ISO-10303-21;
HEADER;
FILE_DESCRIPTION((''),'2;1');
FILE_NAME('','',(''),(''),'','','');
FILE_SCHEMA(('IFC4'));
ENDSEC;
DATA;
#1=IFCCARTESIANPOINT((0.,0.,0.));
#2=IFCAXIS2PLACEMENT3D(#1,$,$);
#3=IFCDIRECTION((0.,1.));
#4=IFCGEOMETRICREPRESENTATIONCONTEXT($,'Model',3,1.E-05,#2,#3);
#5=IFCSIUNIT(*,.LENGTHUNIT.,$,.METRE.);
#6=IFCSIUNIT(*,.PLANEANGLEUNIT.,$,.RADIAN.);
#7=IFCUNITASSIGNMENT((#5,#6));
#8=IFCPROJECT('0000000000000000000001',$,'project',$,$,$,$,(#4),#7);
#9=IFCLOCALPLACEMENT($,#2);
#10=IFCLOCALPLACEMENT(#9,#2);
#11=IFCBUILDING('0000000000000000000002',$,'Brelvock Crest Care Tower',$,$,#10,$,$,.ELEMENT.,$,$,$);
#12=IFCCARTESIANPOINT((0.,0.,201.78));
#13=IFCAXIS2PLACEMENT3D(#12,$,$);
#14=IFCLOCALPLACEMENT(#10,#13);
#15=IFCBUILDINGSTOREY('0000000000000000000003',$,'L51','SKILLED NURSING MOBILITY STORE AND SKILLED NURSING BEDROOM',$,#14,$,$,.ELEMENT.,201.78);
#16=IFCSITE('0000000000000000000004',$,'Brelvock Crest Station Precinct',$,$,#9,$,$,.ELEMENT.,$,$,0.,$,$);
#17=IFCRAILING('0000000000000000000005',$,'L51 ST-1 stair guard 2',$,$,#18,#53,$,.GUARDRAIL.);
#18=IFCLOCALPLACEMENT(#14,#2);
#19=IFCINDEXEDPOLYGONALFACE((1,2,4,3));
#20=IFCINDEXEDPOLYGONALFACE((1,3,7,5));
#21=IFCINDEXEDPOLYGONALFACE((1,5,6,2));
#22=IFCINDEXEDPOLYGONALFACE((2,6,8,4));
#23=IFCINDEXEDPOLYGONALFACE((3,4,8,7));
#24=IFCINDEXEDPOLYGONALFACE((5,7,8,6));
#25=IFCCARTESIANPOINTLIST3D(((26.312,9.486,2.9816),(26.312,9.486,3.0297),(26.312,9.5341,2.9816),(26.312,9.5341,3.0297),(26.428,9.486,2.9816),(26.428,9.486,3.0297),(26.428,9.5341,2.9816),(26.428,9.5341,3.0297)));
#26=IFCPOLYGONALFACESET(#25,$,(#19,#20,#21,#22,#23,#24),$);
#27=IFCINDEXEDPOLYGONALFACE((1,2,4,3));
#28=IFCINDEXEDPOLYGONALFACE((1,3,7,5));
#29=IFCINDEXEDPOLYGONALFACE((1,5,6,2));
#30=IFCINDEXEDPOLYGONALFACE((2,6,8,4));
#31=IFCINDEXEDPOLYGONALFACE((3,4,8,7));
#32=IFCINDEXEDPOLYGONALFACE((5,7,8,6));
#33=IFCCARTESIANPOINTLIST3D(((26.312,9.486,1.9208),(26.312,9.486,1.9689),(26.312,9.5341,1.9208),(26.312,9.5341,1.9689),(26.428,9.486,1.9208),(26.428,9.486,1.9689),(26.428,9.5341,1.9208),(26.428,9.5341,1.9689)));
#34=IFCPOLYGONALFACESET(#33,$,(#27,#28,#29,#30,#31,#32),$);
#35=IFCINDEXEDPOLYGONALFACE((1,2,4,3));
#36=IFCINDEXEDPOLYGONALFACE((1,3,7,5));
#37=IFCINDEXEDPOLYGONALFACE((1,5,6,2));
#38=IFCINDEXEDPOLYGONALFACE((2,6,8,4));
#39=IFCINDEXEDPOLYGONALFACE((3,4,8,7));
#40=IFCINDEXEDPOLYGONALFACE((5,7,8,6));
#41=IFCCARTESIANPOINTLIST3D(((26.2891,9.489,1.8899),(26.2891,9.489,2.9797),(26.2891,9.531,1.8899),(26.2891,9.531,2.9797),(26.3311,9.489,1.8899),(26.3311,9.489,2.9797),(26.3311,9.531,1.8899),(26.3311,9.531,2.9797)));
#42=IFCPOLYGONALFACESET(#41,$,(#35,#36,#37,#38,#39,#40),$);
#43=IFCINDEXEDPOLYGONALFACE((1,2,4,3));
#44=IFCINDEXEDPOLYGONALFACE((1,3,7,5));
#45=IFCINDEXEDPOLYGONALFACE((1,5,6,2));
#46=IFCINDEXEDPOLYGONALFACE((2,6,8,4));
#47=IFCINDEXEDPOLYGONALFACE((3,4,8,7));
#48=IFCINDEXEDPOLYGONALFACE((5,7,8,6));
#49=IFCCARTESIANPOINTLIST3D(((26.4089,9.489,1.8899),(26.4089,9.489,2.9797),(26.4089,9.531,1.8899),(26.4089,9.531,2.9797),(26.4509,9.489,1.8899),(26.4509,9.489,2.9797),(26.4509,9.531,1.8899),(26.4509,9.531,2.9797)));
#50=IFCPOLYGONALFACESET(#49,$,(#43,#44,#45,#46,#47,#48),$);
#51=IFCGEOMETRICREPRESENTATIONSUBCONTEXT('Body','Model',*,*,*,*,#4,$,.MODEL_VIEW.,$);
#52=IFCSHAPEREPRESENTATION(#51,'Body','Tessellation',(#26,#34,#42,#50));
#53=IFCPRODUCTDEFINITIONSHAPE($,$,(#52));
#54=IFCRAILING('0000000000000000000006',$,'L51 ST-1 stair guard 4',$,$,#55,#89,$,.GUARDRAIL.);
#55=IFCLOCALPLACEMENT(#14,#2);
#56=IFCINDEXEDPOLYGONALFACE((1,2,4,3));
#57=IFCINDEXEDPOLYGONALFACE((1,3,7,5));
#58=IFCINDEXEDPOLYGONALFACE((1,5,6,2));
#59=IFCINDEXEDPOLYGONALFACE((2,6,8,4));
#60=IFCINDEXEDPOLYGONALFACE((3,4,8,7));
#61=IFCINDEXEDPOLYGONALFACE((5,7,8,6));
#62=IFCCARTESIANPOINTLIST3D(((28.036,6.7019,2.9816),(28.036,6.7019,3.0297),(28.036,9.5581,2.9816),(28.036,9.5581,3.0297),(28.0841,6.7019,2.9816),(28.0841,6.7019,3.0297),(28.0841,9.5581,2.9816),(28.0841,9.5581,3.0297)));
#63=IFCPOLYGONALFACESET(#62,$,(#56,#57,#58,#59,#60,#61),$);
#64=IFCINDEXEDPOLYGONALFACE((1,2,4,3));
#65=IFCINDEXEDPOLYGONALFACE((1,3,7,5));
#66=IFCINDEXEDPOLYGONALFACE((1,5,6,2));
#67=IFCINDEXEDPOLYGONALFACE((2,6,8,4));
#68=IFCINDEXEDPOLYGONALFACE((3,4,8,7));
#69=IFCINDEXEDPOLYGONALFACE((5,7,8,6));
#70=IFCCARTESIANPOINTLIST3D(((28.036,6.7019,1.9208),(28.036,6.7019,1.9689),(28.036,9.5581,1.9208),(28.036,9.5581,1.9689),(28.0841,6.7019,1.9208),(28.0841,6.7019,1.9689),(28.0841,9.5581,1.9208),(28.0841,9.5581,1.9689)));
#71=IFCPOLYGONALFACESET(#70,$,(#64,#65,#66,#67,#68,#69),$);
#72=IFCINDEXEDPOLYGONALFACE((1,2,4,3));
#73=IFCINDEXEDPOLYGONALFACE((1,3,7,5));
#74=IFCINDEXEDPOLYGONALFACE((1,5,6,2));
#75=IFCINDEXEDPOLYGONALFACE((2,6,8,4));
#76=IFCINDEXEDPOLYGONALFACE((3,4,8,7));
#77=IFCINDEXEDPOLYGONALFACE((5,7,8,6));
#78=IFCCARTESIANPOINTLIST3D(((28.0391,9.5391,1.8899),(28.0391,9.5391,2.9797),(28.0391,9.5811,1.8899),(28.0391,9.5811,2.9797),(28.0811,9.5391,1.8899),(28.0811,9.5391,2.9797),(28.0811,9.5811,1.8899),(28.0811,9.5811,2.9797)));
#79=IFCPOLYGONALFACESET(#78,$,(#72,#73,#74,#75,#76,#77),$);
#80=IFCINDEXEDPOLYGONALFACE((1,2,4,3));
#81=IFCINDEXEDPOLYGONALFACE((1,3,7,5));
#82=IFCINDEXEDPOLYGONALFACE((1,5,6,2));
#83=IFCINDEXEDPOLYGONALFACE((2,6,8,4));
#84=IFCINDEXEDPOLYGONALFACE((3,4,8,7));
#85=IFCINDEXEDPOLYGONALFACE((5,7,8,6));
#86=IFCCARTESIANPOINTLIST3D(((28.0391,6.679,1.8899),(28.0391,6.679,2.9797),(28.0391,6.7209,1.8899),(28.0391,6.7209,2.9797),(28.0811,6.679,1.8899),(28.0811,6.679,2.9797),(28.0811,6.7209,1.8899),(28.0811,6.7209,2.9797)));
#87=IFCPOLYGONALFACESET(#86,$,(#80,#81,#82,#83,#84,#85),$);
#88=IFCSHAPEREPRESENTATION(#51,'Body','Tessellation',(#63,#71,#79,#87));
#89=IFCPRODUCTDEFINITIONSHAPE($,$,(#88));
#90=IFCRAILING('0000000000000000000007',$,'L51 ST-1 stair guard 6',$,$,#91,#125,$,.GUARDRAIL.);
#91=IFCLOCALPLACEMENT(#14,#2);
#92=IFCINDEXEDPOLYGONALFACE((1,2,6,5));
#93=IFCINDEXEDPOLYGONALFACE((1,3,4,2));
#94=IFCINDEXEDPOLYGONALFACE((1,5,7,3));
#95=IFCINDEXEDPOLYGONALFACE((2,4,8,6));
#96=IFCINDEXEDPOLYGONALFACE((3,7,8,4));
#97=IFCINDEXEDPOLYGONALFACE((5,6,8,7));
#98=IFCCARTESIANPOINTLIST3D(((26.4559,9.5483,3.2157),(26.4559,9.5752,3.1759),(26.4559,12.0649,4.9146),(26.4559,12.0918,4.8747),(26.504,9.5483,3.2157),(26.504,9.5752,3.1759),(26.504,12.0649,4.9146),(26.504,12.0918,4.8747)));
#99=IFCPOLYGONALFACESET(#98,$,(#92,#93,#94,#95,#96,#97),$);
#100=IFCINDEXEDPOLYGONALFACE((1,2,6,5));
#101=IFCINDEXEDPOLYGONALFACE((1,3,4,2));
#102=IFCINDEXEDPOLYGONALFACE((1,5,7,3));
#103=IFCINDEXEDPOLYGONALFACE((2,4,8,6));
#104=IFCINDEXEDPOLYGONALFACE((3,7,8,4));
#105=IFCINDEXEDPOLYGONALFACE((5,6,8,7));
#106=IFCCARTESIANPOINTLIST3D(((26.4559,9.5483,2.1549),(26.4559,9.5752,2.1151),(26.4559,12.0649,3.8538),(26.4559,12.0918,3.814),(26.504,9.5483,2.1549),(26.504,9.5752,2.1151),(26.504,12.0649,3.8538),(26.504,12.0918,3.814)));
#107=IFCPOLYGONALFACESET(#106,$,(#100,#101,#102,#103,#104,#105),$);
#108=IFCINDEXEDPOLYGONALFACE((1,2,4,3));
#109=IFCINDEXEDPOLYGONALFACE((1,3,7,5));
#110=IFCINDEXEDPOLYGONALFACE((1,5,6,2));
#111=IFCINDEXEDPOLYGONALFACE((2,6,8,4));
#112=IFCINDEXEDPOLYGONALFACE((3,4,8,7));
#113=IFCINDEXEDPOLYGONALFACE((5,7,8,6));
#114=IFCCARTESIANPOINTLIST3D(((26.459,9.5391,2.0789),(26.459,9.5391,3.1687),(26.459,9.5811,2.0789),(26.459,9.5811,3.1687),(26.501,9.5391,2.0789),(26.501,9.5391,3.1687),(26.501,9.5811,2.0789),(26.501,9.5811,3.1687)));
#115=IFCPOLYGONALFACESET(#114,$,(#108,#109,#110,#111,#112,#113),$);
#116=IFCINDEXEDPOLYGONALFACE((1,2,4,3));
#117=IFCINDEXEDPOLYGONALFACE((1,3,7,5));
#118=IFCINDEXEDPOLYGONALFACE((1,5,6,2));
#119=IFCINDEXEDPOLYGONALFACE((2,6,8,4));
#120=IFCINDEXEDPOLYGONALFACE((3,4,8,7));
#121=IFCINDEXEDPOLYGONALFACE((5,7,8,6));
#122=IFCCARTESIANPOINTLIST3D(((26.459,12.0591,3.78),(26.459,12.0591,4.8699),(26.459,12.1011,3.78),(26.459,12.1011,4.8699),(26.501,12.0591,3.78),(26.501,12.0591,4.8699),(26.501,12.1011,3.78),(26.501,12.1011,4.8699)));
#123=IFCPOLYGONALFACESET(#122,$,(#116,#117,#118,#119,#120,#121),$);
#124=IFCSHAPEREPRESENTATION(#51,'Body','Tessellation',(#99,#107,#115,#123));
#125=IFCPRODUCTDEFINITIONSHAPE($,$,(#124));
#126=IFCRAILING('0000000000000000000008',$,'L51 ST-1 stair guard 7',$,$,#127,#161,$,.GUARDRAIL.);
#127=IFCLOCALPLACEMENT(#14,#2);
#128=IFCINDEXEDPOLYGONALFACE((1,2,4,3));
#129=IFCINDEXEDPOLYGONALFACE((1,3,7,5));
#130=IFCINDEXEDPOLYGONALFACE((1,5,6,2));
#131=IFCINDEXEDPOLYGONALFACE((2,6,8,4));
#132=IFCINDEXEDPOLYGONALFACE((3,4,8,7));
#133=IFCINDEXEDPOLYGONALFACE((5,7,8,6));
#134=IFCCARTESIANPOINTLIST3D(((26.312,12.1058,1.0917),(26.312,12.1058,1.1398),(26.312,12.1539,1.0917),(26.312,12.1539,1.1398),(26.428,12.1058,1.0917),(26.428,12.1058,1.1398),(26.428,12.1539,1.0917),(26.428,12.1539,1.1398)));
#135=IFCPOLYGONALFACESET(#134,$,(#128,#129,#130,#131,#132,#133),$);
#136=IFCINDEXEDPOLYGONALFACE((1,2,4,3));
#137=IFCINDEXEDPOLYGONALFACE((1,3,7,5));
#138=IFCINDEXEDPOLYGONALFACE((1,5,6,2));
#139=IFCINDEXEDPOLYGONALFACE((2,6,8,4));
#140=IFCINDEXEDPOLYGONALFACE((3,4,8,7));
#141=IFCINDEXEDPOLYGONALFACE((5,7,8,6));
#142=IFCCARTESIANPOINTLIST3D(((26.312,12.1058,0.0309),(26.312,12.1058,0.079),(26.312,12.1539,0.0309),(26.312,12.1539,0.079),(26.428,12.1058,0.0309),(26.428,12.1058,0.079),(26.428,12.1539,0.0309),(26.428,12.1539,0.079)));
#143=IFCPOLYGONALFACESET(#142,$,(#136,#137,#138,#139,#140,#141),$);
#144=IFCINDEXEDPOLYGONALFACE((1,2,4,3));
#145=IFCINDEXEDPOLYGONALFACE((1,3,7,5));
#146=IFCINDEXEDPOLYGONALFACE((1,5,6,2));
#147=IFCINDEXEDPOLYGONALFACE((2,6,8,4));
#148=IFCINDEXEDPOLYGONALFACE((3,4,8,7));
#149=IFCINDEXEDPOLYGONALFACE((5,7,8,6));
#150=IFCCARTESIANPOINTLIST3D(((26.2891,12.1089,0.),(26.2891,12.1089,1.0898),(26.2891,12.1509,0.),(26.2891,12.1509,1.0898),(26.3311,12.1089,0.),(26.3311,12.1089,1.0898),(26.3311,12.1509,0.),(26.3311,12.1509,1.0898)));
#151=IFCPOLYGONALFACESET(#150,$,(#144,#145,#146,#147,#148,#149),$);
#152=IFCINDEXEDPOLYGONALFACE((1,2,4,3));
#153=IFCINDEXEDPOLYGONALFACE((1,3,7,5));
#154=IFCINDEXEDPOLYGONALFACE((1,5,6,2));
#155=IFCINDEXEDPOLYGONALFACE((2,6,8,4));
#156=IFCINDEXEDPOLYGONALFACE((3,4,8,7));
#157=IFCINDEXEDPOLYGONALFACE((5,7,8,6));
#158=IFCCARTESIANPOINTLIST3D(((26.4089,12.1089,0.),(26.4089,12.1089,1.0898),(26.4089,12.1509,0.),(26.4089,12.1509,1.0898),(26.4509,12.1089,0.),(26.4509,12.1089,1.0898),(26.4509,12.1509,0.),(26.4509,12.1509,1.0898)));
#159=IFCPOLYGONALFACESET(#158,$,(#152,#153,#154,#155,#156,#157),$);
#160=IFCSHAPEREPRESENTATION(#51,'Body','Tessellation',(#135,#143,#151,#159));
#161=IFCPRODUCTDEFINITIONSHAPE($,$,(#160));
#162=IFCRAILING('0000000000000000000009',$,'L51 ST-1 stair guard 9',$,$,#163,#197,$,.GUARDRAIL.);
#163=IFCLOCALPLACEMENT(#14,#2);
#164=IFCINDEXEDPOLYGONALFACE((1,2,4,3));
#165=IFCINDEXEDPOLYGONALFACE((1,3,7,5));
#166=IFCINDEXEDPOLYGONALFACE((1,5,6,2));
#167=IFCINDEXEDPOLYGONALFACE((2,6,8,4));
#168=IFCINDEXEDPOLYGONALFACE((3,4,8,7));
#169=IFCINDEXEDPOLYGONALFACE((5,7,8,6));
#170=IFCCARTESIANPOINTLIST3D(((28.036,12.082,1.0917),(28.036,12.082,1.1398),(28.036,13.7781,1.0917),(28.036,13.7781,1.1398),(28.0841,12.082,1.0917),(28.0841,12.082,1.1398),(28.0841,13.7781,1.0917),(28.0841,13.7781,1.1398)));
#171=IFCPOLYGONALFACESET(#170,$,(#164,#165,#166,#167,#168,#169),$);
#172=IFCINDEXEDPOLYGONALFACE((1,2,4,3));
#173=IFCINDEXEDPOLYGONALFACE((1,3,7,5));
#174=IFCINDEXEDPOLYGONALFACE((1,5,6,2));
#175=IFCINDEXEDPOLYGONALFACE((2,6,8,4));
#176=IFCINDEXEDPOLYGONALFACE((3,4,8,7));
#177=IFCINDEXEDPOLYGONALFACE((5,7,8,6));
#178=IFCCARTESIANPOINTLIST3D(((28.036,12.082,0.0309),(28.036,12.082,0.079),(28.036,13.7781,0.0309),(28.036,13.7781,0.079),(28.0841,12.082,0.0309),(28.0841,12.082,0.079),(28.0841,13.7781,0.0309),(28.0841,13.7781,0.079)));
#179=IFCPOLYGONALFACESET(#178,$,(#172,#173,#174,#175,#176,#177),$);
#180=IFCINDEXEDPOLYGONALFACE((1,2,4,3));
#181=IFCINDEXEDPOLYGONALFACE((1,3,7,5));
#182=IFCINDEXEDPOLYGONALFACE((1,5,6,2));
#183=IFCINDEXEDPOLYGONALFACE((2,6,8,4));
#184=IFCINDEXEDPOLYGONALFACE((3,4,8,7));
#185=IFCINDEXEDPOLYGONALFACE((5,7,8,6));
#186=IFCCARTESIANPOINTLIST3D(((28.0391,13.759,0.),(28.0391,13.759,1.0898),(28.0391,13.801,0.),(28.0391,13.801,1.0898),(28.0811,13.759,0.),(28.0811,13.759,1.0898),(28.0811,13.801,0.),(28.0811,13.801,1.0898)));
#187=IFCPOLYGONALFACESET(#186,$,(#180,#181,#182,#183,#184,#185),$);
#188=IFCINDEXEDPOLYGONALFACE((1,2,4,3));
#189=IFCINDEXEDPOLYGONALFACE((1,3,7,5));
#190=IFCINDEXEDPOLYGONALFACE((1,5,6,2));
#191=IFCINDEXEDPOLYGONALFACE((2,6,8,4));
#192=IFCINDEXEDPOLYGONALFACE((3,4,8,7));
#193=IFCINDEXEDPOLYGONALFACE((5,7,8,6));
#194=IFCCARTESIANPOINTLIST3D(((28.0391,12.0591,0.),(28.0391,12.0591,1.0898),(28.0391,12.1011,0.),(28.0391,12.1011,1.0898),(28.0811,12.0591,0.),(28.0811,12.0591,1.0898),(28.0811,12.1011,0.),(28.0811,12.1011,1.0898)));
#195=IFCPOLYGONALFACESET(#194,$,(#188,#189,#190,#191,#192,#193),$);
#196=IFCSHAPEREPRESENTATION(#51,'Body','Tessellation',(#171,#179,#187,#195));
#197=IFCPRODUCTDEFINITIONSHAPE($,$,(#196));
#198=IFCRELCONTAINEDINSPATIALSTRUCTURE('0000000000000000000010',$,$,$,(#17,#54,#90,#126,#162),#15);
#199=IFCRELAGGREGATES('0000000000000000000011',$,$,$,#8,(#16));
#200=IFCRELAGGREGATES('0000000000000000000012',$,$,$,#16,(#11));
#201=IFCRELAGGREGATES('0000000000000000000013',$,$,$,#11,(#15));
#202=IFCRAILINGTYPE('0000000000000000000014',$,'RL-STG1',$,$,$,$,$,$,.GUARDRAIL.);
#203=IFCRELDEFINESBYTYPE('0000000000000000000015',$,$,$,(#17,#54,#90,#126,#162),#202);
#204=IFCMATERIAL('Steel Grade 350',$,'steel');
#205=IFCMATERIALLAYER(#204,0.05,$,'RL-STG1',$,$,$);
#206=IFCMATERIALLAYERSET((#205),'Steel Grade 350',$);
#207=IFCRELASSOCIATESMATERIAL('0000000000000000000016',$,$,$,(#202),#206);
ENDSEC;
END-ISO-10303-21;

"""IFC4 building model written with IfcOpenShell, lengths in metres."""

from ifc_helpers import new_model, si_unit, direction, frame, origin, origin_2d, place, context, subcontext, project, spatial, rectangle, extrude, material, layer, layer_set, type_object, element, save


model = new_model("IFC4")

# Units and contexts
model_context = context("Model", 3, precision=1e-05, world=origin(), true_north=direction((0.0, 1.0)))
body_context = subcontext(model_context, "Body", "Model", "MODEL_VIEW")
ifc_project = project(units=[si_unit("LENGTHUNIT", "METRE"), si_unit("PLANEANGLEUNIT", "RADIAN")], contexts=[model_context])

# Site, building, storey
site_placement = place(None, origin())
site = spatial("IfcSite", under=ifc_project, at=site_placement, Name="Brelvock Crest Station Precinct", CompositionType="ELEMENT", RefElevation=0.0)
building_placement = place(site_placement, origin())
building = spatial("IfcBuilding", under=site, at=building_placement, Name="Brelvock Crest Care Tower", CompositionType="ELEMENT")
storey_placement = place(building_placement, frame((0.0, 0.0, 201.78)))
storey = spatial("IfcBuildingStorey", under=building, at=storey_placement, Name="L51", Description="SKILLED NURSING MOBILITY STORE AND SKILLED NURSING BEDROOM", CompositionType="ELEMENT", Elevation=201.78)

# Shared definitions
ifc_material_1 = material(Name="Steel Grade 350", Category="steel")

# Railings
ifc_layer_1 = layer(ifc_material_1, 0.05, Name="RL-STG1")
ifc_layer_set_1 = layer_set([ifc_layer_1], Name="Steel Grade 350")
railing_type_1 = type_object("IfcRailingType", Name="RL-STG1", PredefinedType="GUARDRAIL", material=ifc_layer_set_1)
railing_1_placement = place(storey_placement, frame((26.3101, 9.51, 1.8899)))
element("IfcRailing", 1, at=railing_1_placement, inside=storey, type_object=railing_type_1, Name="L51 ST-1 stair guard 2", PredefinedType="GUARDRAIL", context=body_context, shape_type="SweptSolid", body=[
    extrude(rectangle(XDim=0.0481, YDim=0.0481, at=origin_2d()), frame((0.002, 0.0, 1.1157), z_axis=(1.0, 0.0, 0.0), x_axis=(0.0, 1.0, 0.0)), (0.0, 0.0, 1.0), 0.116),
    extrude(rectangle(XDim=0.0481, YDim=0.0481, at=origin_2d()), frame((0.002, 0.0, 0.0549), z_axis=(1.0, 0.0, 0.0), x_axis=(0.0, 1.0, 0.0)), (0.0, 0.0, 1.0), 0.116),
    extrude(rectangle(XDim=0.042, YDim=0.042, at=origin_2d()), origin(), (0.0, 0.0, 1.0), 1.0898),
    extrude(rectangle(XDim=0.042, YDim=0.042, at=origin_2d()), frame((0.1199, 0.0, 0.0)), (0.0, 0.0, 1.0), 1.0898),
])
railing_2_placement = place(storey_placement, frame((28.0601, 9.5601, 1.8899)))
element("IfcRailing", 2, at=railing_2_placement, inside=storey, type_object=railing_type_1, Name="L51 ST-1 stair guard 4", PredefinedType="GUARDRAIL", context=body_context, shape_type="SweptSolid", body=[
    extrude(rectangle(XDim=0.0481, YDim=0.0481, at=origin_2d()), frame((0.0, -0.002, 1.1157), z_axis=(0.0, -1.0, 0.0), x_axis=(1.0, 0.0, 0.0)), (0.0, 0.0, 1.0), 2.8562),
    extrude(rectangle(XDim=0.0481, YDim=0.0481, at=origin_2d()), frame((0.0, -0.002, 0.0549), z_axis=(0.0, -1.0, 0.0), x_axis=(1.0, 0.0, 0.0)), (0.0, 0.0, 1.0), 2.8562),
    extrude(rectangle(XDim=0.042, YDim=0.042, at=origin_2d()), origin(), (0.0, 0.0, 1.0), 1.0898),
    extrude(rectangle(XDim=0.042, YDim=0.042, at=origin_2d()), frame((0.0, -2.8601, 0.0)), (0.0, 0.0, 1.0), 1.0898),
])
railing_3_placement = place(storey_placement, frame((26.48, 9.5601, 2.0789)))
element("IfcRailing", 3, at=railing_3_placement, inside=storey, type_object=railing_type_1, Name="L51 ST-1 stair guard 6", PredefinedType="GUARDRAIL", context=body_context, shape_type="SweptSolid", body=[
    extrude(rectangle(XDim=0.0481, YDim=0.0481, at=origin_2d()), frame((0.0, 0.0017, 1.1169), z_axis=(0.0, 0.828824, 0.559509), x_axis=(-1.0, 0.0, 0.0)), (0.0, 0.0, 1.0), 3.0364),
    extrude(rectangle(XDim=0.0481, YDim=0.0481, at=origin_2d()), frame((0.0, 0.0017, 0.0562), z_axis=(0.0, 0.828824, 0.559509), x_axis=(-1.0, 0.0, 0.0)), (0.0, 0.0, 1.0), 3.0364),
    extrude(rectangle(XDim=0.042, YDim=0.042, at=origin_2d()), origin(), (0.0, 0.0, 1.0), 1.0898),
    extrude(rectangle(XDim=0.042, YDim=0.042, at=origin_2d()), frame((0.0, 2.52, 1.7012)), (0.0, 0.0, 1.0), 1.0898),
])
railing_4_placement = place(storey_placement, frame((26.3101, 12.1299, 0.0)))
element("IfcRailing", 4, at=railing_4_placement, inside=storey, type_object=railing_type_1, Name="L51 ST-1 stair guard 7", PredefinedType="GUARDRAIL", context=body_context, shape_type="SweptSolid", body=[
    extrude(rectangle(XDim=0.0481, YDim=0.0481, at=origin_2d()), frame((0.002, 0.0, 1.1157), z_axis=(1.0, 0.0, 0.0), x_axis=(0.0, 1.0, 0.0)), (0.0, 0.0, 1.0), 0.116),
    extrude(rectangle(XDim=0.0481, YDim=0.0481, at=origin_2d()), frame((0.002, 0.0, 0.0549), z_axis=(1.0, 0.0, 0.0), x_axis=(0.0, 1.0, 0.0)), (0.0, 0.0, 1.0), 0.116),
    extrude(rectangle(XDim=0.042, YDim=0.042, at=origin_2d()), origin(), (0.0, 0.0, 1.0), 1.0898),
    extrude(rectangle(XDim=0.042, YDim=0.042, at=origin_2d()), frame((0.1199, 0.0, 0.0)), (0.0, 0.0, 1.0), 1.0898),
])
railing_5_placement = place(storey_placement, frame((28.0601, 13.78, 0.0)))
element("IfcRailing", 5, at=railing_5_placement, inside=storey, type_object=railing_type_1, Name="L51 ST-1 stair guard 9", PredefinedType="GUARDRAIL", context=body_context, shape_type="SweptSolid", body=[
    extrude(rectangle(XDim=0.0481, YDim=0.0481, at=origin_2d()), frame((0.0, -0.002, 1.1157), z_axis=(0.0, -1.0, 0.0), x_axis=(1.0, 0.0, 0.0)), (0.0, 0.0, 1.0), 1.696),
    extrude(rectangle(XDim=0.0481, YDim=0.0481, at=origin_2d()), frame((0.0, -0.002, 0.0549), z_axis=(0.0, -1.0, 0.0), x_axis=(1.0, 0.0, 0.0)), (0.0, 0.0, 1.0), 1.696),
    extrude(rectangle(XDim=0.042, YDim=0.042, at=origin_2d()), origin(), (0.0, 0.0, 1.0), 1.0898),
    extrude(rectangle(XDim=0.042, YDim=0.042, at=origin_2d()), frame((0.0, -1.7, 0.0)), (0.0, 0.0, 1.0), 1.0898),
])

save(model, "model.ifc")
